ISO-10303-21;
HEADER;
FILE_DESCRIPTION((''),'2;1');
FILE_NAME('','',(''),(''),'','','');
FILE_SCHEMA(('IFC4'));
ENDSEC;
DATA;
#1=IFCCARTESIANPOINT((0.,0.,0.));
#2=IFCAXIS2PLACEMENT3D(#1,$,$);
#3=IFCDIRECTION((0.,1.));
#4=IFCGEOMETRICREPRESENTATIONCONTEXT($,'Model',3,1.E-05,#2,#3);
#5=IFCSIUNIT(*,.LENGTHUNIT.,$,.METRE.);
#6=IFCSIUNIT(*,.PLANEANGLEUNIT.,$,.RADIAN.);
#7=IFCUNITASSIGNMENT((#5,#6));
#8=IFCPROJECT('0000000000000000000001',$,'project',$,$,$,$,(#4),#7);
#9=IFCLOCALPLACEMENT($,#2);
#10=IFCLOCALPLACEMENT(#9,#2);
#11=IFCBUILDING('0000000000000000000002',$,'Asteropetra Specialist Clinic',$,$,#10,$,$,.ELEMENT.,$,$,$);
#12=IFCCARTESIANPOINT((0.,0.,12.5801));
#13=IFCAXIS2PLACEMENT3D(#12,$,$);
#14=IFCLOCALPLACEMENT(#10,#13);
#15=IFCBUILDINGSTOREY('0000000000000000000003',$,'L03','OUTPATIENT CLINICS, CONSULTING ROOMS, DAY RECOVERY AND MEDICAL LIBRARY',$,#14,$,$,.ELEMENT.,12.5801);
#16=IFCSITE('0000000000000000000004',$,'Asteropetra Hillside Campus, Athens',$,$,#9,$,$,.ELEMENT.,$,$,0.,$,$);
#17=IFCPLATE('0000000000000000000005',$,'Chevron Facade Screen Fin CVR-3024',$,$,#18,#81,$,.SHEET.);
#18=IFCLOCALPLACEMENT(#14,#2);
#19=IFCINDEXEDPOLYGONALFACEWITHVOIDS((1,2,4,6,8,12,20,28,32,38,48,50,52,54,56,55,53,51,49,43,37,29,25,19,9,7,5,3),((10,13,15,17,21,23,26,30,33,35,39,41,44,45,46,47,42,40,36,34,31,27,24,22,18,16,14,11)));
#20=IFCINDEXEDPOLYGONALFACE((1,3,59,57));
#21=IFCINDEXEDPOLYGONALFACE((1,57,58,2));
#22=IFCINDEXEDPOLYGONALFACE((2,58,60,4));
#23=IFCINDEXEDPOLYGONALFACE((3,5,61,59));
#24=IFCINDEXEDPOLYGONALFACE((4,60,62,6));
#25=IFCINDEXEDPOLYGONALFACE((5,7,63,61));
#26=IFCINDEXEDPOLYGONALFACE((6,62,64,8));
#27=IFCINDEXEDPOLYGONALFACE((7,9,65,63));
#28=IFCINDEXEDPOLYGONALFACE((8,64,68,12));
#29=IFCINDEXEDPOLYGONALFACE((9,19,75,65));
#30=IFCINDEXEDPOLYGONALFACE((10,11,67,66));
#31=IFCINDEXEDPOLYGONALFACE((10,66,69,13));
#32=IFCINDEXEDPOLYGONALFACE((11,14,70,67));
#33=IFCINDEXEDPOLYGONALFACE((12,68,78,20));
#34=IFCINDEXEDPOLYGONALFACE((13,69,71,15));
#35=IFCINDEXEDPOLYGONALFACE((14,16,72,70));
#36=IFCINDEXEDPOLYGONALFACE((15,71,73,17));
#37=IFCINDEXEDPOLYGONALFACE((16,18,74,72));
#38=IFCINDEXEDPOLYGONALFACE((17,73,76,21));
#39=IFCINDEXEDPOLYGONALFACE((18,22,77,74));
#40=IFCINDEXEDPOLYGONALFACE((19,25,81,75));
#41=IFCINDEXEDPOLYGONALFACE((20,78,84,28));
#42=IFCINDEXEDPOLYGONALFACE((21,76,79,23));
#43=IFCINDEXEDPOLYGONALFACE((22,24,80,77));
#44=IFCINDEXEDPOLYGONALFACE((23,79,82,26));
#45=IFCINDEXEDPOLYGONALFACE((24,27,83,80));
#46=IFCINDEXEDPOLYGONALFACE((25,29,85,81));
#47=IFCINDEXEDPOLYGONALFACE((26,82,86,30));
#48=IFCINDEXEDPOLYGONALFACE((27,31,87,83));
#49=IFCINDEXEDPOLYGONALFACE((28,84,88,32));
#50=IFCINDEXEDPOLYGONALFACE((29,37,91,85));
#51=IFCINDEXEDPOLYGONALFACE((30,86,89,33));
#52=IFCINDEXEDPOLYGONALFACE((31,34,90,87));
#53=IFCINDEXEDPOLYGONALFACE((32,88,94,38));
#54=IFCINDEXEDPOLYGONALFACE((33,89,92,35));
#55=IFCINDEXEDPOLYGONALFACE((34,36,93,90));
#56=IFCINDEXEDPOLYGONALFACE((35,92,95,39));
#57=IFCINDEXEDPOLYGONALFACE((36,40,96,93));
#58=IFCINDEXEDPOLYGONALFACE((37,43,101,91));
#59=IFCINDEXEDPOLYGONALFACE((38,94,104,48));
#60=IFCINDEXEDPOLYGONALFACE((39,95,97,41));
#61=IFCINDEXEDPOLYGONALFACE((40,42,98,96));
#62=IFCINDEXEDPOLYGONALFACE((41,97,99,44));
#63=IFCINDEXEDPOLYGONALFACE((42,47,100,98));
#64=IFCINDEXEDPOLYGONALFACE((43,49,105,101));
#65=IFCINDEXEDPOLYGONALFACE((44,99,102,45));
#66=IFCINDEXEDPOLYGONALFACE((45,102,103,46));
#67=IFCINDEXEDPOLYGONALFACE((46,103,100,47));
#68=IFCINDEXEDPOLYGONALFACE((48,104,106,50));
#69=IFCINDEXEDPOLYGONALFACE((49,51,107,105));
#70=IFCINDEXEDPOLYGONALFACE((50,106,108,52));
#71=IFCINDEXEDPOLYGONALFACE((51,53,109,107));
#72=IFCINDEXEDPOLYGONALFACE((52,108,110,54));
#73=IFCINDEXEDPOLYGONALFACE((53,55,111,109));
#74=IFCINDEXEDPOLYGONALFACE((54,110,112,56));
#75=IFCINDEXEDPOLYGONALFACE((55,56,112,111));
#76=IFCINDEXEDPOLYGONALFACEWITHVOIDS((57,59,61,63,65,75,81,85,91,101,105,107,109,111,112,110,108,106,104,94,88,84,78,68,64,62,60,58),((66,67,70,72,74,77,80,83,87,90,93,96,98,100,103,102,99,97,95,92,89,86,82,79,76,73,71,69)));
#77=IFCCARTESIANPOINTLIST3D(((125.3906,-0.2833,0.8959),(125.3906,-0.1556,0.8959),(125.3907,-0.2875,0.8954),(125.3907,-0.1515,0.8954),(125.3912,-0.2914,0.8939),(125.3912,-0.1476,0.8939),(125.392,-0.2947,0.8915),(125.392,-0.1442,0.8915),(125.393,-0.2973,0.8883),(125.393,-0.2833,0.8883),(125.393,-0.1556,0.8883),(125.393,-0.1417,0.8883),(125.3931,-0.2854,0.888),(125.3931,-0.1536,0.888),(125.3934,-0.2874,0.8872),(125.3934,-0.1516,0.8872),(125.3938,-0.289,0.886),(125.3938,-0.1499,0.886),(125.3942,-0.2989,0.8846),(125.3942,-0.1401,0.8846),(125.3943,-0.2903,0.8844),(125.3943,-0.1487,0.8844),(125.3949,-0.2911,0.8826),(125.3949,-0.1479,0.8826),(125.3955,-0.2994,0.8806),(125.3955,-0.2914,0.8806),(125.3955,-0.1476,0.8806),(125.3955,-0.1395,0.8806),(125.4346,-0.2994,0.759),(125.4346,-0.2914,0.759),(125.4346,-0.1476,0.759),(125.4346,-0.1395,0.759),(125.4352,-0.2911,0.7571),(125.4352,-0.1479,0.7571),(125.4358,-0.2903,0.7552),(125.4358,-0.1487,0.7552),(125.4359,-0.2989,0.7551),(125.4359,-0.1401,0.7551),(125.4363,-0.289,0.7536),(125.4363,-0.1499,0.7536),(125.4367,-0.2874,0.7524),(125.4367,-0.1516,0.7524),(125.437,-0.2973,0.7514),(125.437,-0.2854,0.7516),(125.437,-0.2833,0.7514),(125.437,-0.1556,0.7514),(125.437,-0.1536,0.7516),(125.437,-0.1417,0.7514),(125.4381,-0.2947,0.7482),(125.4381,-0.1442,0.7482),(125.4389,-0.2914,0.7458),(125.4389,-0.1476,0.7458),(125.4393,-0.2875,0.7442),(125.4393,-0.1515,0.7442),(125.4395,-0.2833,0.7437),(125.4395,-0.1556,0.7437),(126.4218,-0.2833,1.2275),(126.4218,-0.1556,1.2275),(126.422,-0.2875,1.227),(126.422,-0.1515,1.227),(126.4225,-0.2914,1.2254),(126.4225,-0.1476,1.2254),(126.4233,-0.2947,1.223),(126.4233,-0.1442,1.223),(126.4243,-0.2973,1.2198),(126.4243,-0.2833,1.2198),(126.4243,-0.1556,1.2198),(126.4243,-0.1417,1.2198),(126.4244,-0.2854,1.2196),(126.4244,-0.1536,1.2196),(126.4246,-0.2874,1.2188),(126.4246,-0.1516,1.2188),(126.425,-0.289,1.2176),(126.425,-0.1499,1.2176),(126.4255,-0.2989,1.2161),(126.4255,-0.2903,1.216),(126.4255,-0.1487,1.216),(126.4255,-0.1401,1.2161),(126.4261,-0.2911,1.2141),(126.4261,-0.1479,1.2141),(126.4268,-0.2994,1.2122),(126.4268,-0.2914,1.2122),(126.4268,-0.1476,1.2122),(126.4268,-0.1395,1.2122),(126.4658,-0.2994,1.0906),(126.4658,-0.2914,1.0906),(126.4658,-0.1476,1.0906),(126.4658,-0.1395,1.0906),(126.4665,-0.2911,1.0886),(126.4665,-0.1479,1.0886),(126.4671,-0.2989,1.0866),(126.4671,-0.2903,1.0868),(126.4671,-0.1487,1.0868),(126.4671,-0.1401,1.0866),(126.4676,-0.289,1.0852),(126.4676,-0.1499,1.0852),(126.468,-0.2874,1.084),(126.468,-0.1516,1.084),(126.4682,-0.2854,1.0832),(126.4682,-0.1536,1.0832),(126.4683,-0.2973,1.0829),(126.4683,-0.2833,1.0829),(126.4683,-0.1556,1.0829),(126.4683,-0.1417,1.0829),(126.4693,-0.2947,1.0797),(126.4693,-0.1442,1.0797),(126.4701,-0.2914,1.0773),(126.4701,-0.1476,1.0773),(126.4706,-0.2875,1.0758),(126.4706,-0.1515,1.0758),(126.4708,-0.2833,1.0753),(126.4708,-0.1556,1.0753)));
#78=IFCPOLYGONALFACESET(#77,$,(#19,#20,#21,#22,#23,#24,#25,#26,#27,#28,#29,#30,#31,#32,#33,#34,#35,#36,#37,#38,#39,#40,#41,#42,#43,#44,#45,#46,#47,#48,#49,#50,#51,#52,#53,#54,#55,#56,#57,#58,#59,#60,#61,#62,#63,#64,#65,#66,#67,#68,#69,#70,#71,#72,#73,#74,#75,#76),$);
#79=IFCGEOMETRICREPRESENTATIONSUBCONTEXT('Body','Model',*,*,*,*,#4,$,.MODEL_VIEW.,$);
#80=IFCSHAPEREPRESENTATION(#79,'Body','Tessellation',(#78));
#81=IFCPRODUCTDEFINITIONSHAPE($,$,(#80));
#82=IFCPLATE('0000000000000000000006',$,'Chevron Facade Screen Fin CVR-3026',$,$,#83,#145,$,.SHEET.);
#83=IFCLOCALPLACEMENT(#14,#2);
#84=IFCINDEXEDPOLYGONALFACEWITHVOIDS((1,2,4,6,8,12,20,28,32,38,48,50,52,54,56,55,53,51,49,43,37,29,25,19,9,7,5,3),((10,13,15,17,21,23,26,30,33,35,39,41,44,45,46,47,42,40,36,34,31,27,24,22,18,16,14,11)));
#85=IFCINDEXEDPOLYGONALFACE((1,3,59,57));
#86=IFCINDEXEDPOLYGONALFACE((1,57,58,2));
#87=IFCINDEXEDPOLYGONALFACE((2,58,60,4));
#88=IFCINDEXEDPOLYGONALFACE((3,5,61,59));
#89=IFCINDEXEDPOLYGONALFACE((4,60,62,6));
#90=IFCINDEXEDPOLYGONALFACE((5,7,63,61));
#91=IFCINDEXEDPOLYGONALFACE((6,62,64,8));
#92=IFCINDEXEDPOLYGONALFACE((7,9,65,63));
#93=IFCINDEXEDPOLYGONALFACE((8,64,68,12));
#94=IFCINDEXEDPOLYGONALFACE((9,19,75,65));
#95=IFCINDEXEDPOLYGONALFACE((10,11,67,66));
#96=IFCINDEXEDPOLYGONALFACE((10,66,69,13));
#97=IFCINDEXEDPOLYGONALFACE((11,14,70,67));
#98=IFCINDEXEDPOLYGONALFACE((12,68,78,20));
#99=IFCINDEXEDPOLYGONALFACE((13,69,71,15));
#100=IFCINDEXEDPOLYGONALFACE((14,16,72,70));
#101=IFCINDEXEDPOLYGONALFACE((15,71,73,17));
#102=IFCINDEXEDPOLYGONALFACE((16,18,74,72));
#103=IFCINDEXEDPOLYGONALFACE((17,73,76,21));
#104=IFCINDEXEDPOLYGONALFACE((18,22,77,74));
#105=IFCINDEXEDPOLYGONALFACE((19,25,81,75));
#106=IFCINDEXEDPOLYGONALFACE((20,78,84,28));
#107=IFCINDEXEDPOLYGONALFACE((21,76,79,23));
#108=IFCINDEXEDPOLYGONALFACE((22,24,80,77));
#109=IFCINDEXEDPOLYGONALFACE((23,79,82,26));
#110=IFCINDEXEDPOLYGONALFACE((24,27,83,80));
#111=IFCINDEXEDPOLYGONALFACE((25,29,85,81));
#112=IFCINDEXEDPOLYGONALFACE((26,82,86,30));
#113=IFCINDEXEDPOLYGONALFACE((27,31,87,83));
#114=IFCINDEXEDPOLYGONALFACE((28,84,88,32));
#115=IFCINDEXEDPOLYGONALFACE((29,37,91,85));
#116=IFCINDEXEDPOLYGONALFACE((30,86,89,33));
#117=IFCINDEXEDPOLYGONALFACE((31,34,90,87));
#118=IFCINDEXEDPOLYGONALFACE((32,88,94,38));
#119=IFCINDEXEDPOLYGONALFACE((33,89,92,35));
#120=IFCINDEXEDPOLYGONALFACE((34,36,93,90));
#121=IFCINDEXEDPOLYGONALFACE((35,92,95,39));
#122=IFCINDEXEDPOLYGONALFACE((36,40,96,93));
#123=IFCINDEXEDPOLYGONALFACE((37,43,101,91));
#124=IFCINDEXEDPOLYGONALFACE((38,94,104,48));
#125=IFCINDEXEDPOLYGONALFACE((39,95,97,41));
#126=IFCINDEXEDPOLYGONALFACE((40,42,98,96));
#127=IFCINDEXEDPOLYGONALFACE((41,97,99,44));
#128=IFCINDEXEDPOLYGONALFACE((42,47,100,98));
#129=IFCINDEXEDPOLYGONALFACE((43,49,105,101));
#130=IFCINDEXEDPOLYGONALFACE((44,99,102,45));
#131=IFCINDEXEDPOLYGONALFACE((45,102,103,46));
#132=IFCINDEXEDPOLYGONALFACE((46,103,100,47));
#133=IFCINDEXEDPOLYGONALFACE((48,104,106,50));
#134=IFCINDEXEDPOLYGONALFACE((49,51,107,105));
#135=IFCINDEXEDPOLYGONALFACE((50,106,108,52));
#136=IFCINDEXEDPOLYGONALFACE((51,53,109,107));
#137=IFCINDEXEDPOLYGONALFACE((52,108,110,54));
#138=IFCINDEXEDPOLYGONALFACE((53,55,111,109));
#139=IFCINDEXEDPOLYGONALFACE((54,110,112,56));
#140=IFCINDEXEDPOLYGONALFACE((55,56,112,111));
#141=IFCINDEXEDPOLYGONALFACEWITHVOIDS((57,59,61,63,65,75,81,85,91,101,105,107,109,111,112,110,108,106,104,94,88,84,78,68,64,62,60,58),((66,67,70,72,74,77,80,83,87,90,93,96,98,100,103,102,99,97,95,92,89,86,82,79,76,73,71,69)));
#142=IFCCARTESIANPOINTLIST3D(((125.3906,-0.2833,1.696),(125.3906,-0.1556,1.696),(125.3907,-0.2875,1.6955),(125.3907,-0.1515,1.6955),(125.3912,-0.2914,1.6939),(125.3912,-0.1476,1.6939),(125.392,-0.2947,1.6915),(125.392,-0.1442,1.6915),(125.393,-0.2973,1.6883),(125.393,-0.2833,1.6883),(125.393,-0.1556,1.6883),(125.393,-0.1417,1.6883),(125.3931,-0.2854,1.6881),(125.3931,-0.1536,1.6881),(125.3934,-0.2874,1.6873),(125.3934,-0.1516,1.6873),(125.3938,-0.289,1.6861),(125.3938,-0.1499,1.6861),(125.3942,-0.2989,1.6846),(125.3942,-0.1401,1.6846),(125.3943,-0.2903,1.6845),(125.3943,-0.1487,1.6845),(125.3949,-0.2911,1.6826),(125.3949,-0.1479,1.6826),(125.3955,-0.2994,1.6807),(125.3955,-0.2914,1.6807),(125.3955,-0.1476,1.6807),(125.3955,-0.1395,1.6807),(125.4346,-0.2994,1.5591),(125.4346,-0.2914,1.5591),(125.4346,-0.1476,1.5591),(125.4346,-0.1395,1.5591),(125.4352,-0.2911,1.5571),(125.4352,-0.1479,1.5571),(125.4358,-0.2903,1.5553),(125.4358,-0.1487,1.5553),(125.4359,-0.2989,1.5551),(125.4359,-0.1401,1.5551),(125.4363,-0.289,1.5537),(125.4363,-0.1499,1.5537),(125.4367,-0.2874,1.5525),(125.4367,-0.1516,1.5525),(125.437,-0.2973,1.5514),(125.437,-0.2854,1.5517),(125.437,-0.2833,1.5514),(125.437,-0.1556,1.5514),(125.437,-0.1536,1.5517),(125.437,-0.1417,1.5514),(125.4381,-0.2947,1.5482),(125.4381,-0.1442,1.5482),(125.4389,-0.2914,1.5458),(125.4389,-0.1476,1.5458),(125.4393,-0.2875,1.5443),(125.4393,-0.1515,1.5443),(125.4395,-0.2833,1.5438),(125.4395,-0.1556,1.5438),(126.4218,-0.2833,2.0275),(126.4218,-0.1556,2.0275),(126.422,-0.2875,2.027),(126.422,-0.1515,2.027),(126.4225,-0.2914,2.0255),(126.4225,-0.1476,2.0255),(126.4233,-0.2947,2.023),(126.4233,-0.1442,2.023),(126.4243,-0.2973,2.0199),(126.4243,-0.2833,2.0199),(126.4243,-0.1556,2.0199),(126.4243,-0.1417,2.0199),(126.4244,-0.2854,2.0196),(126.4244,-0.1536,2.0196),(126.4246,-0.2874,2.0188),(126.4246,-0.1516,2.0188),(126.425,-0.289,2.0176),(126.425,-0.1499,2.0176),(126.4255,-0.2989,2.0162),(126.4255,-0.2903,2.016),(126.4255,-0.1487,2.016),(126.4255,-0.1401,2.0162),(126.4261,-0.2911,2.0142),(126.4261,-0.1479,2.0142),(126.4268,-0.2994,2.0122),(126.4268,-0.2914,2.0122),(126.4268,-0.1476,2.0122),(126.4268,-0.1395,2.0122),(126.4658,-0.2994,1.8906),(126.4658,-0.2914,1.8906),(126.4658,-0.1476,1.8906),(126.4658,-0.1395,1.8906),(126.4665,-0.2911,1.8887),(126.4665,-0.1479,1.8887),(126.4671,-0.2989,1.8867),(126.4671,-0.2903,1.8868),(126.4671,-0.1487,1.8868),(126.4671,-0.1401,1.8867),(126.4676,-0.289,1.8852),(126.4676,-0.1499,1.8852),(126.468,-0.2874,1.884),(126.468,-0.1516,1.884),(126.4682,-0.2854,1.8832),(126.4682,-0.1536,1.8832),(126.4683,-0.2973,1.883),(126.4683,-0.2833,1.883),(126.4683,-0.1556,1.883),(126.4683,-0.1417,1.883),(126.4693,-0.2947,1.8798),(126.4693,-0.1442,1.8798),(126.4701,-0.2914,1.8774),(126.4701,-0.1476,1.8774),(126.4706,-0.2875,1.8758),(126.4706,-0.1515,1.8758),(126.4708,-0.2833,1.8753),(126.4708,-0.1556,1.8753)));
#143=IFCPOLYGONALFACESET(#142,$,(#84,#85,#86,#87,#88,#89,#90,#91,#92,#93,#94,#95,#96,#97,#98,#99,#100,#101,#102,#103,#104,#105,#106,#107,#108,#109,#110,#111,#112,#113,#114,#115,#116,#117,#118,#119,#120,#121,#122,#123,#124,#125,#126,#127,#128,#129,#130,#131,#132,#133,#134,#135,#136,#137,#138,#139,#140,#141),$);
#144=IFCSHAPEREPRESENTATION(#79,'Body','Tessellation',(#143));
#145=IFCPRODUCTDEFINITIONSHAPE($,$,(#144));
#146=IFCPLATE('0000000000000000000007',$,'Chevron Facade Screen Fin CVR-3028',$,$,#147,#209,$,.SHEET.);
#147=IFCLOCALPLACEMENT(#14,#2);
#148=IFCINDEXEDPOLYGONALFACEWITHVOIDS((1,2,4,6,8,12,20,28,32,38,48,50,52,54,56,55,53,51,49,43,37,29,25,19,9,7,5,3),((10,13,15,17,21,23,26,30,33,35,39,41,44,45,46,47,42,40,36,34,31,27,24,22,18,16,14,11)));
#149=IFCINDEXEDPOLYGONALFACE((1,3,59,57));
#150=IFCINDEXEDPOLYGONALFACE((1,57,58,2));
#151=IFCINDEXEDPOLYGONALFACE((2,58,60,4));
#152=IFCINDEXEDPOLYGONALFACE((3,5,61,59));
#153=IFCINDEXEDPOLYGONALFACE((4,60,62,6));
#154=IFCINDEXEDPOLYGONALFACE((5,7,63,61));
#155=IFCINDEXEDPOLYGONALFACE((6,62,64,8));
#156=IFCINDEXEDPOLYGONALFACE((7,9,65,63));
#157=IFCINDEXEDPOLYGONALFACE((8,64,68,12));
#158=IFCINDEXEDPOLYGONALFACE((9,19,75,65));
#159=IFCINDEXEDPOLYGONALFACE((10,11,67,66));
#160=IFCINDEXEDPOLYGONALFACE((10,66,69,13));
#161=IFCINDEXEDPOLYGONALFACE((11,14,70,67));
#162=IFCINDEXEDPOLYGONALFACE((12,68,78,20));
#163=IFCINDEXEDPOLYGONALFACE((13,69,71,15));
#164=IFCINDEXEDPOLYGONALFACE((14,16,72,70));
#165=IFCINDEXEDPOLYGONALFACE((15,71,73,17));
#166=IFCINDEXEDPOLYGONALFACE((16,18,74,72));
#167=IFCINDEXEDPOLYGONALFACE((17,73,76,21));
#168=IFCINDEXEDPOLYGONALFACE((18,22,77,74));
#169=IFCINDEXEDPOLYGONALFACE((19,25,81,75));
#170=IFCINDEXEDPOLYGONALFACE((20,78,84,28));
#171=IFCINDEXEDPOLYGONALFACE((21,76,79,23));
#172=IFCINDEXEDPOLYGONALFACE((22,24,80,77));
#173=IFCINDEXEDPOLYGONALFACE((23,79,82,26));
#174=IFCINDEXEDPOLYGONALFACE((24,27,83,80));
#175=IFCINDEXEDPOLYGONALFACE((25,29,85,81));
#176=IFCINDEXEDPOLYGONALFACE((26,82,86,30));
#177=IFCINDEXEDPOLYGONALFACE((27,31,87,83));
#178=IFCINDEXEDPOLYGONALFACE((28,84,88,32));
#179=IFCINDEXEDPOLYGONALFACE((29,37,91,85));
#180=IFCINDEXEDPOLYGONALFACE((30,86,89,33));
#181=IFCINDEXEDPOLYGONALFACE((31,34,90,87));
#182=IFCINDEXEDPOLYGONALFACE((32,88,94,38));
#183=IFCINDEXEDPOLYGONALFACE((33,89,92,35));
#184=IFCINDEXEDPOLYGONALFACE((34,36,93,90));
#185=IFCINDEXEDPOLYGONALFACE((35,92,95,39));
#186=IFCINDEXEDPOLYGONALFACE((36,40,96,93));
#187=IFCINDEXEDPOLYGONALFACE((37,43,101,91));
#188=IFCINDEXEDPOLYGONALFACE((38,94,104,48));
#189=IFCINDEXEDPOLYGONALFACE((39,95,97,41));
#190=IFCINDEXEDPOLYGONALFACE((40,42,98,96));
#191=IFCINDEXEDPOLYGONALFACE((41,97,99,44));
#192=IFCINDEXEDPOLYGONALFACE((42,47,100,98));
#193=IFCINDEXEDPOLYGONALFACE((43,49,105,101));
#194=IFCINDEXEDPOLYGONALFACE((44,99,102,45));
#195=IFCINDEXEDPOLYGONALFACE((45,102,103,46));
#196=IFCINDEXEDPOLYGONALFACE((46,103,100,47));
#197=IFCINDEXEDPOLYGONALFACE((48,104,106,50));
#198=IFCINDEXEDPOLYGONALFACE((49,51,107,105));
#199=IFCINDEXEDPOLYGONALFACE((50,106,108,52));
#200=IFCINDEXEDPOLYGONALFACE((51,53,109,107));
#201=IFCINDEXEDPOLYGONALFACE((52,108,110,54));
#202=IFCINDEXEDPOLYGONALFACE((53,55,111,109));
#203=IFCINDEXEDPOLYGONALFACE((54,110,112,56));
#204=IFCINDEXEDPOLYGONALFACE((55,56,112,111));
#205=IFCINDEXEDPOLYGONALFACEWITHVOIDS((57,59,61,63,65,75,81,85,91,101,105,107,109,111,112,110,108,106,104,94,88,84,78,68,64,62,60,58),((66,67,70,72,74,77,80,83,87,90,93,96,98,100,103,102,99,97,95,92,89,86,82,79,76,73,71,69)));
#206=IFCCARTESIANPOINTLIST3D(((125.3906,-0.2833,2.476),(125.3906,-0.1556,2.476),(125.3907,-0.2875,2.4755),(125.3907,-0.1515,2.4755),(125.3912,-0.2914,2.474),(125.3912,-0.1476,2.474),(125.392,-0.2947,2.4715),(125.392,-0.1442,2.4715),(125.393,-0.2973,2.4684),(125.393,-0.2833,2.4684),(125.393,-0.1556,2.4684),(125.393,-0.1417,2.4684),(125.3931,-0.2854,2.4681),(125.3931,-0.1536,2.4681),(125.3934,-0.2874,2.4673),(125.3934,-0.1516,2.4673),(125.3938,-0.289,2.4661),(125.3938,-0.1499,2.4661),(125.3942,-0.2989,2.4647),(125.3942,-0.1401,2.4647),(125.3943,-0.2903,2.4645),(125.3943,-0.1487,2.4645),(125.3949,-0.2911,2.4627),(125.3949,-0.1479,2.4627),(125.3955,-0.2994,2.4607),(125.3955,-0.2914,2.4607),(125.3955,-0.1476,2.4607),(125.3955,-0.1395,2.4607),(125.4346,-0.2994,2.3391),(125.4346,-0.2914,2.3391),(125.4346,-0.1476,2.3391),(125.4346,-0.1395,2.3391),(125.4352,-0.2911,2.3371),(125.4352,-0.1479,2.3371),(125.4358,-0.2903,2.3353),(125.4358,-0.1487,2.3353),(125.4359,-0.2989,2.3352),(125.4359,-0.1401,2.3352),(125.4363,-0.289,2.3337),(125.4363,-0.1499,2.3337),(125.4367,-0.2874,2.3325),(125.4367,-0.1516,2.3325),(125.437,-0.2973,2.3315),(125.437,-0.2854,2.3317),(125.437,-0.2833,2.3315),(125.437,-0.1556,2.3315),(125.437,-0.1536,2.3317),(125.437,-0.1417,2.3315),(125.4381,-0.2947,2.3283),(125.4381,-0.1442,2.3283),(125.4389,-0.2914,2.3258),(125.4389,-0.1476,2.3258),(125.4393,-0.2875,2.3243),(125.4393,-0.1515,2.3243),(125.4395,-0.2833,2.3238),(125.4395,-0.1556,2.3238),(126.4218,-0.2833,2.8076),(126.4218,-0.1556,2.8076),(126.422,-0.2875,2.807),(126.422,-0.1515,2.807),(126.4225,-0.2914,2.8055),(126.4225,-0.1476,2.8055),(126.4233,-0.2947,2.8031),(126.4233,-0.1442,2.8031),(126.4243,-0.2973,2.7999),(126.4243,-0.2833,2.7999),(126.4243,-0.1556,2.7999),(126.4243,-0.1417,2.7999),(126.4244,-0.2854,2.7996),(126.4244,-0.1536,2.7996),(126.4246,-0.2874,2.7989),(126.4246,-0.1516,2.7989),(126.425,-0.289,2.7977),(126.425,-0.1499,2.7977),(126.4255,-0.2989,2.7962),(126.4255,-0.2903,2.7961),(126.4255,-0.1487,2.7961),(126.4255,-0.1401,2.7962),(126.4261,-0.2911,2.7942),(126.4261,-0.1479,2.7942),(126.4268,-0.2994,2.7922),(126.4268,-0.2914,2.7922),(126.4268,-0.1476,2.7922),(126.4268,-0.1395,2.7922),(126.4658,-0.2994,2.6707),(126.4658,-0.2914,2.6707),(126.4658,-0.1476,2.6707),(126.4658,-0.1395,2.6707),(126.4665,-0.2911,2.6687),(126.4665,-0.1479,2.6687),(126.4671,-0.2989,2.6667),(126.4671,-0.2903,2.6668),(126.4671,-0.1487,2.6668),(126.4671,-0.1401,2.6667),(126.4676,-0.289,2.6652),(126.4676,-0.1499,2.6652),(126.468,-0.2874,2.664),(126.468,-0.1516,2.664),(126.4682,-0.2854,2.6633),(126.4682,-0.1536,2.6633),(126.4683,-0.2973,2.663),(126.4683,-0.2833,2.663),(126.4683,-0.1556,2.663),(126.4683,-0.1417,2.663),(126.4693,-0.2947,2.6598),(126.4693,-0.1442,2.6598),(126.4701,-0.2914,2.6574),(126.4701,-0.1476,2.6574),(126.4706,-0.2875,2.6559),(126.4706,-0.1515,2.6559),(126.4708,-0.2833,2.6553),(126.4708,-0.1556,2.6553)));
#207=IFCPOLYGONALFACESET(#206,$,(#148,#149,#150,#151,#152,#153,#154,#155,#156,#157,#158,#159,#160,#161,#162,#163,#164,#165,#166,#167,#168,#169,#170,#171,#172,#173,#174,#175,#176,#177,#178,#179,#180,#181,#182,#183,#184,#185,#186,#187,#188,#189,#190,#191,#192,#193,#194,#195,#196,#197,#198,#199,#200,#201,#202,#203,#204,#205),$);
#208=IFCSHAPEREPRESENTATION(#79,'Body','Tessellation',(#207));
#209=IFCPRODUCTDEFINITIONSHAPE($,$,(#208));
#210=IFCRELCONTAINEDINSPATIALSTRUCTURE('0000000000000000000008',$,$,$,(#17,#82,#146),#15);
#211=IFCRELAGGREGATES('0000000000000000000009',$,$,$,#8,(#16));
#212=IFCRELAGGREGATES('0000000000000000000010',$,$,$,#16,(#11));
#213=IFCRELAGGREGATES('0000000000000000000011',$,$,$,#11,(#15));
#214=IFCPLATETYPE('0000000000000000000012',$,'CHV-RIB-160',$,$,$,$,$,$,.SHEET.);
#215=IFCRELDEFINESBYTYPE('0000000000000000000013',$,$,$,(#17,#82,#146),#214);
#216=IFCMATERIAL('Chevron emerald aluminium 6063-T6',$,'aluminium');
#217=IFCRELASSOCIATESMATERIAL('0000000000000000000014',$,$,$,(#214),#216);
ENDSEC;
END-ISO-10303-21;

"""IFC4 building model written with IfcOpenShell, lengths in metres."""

from ifc_helpers import new_model, si_unit, direction, frame, origin, origin_2d, place, context, subcontext, project, spatial, hollow_rectangle, extrude, material, material_profile, profile_set, type_object, element, save


model = new_model("IFC4")

# Units and contexts
model_context = context("Model", 3, precision=1e-05, world=origin(), true_north=direction((0.0, 1.0)))
body_context = subcontext(model_context, "Body", "Model", "MODEL_VIEW")
ifc_project = project(units=[si_unit("LENGTHUNIT", "METRE"), si_unit("PLANEANGLEUNIT", "RADIAN")], contexts=[model_context])

# Site, building, storey
site_placement = place(None, origin())
site = spatial("IfcSite", under=ifc_project, at=site_placement, Name="Asteropetra Hillside Campus, Athens", CompositionType="ELEMENT", RefElevation=0.0)
building_placement = place(site_placement, origin())
building = spatial("IfcBuilding", under=site, at=building_placement, Name="Asteropetra Specialist Clinic", CompositionType="ELEMENT")
storey_placement = place(building_placement, frame((0.0, 0.0, 12.5801)))
storey = spatial("IfcBuildingStorey", under=building, at=storey_placement, Name="L03", Description="OUTPATIENT CLINICS, CONSULTING ROOMS, DAY RECOVERY AND MEDICAL LIBRARY", CompositionType="ELEMENT", Elevation=12.5801)

# Plates
ifc_material_1 = material(Name="Chevron emerald aluminium 6063-T6", Category="aluminium")
ifc_material_profile_1 = material_profile(ifc_material_1, hollow_rectangle(XDim=0.1599, YDim=0.1599, WallThickness=0.0081, InnerFilletRadius=0.0081, OuterFilletRadius=0.0161, at=origin_2d()), Name="SHS 160x160x8.0")
ifc_profile_set_1 = profile_set([ifc_material_profile_1], Name="Chevron emerald aluminium 6063-T6")
plate_type_1 = type_object("IfcPlateType", Name="CHV-RIB-160", PredefinedType="SHEET", material=ifc_profile_set_1)
for number, where, z_axis, x_axis, name in (
    (1, (125.415, -0.2195, 0.8198), (0.95201, 0.0, 0.306068), (0.0, 1.0, 0.0), "Chevron Facade Screen Fin CVR-3024"),
    (2, (125.415, -0.2195, 1.6199), (0.95201, 0.0, 0.306068), (0.0, 1.0, 0.0), "Chevron Facade Screen Fin CVR-3026"),
    (3, (125.415, -0.2195, 2.3999), (0.95201, 0.0, 0.306068), (0.0, 1.0, 0.0), "Chevron Facade Screen Fin CVR-3028"),
):
    element("IfcPlate", number, at=place(storey_placement, frame(where, z_axis=z_axis, x_axis=x_axis)), inside=storey, type_object=plate_type_1, Name=name, PredefinedType="SHEET", context=body_context, shape_type="SweptSolid", body=[
        extrude(hollow_rectangle(XDim=0.1599, YDim=0.1599, WallThickness=0.0081, InnerFilletRadius=0.0081, OuterFilletRadius=0.0161, at=origin_2d()), origin(), (0.0, 0.0, 1.0), 1.0833),
    ])

save(model, "model.ifc")
